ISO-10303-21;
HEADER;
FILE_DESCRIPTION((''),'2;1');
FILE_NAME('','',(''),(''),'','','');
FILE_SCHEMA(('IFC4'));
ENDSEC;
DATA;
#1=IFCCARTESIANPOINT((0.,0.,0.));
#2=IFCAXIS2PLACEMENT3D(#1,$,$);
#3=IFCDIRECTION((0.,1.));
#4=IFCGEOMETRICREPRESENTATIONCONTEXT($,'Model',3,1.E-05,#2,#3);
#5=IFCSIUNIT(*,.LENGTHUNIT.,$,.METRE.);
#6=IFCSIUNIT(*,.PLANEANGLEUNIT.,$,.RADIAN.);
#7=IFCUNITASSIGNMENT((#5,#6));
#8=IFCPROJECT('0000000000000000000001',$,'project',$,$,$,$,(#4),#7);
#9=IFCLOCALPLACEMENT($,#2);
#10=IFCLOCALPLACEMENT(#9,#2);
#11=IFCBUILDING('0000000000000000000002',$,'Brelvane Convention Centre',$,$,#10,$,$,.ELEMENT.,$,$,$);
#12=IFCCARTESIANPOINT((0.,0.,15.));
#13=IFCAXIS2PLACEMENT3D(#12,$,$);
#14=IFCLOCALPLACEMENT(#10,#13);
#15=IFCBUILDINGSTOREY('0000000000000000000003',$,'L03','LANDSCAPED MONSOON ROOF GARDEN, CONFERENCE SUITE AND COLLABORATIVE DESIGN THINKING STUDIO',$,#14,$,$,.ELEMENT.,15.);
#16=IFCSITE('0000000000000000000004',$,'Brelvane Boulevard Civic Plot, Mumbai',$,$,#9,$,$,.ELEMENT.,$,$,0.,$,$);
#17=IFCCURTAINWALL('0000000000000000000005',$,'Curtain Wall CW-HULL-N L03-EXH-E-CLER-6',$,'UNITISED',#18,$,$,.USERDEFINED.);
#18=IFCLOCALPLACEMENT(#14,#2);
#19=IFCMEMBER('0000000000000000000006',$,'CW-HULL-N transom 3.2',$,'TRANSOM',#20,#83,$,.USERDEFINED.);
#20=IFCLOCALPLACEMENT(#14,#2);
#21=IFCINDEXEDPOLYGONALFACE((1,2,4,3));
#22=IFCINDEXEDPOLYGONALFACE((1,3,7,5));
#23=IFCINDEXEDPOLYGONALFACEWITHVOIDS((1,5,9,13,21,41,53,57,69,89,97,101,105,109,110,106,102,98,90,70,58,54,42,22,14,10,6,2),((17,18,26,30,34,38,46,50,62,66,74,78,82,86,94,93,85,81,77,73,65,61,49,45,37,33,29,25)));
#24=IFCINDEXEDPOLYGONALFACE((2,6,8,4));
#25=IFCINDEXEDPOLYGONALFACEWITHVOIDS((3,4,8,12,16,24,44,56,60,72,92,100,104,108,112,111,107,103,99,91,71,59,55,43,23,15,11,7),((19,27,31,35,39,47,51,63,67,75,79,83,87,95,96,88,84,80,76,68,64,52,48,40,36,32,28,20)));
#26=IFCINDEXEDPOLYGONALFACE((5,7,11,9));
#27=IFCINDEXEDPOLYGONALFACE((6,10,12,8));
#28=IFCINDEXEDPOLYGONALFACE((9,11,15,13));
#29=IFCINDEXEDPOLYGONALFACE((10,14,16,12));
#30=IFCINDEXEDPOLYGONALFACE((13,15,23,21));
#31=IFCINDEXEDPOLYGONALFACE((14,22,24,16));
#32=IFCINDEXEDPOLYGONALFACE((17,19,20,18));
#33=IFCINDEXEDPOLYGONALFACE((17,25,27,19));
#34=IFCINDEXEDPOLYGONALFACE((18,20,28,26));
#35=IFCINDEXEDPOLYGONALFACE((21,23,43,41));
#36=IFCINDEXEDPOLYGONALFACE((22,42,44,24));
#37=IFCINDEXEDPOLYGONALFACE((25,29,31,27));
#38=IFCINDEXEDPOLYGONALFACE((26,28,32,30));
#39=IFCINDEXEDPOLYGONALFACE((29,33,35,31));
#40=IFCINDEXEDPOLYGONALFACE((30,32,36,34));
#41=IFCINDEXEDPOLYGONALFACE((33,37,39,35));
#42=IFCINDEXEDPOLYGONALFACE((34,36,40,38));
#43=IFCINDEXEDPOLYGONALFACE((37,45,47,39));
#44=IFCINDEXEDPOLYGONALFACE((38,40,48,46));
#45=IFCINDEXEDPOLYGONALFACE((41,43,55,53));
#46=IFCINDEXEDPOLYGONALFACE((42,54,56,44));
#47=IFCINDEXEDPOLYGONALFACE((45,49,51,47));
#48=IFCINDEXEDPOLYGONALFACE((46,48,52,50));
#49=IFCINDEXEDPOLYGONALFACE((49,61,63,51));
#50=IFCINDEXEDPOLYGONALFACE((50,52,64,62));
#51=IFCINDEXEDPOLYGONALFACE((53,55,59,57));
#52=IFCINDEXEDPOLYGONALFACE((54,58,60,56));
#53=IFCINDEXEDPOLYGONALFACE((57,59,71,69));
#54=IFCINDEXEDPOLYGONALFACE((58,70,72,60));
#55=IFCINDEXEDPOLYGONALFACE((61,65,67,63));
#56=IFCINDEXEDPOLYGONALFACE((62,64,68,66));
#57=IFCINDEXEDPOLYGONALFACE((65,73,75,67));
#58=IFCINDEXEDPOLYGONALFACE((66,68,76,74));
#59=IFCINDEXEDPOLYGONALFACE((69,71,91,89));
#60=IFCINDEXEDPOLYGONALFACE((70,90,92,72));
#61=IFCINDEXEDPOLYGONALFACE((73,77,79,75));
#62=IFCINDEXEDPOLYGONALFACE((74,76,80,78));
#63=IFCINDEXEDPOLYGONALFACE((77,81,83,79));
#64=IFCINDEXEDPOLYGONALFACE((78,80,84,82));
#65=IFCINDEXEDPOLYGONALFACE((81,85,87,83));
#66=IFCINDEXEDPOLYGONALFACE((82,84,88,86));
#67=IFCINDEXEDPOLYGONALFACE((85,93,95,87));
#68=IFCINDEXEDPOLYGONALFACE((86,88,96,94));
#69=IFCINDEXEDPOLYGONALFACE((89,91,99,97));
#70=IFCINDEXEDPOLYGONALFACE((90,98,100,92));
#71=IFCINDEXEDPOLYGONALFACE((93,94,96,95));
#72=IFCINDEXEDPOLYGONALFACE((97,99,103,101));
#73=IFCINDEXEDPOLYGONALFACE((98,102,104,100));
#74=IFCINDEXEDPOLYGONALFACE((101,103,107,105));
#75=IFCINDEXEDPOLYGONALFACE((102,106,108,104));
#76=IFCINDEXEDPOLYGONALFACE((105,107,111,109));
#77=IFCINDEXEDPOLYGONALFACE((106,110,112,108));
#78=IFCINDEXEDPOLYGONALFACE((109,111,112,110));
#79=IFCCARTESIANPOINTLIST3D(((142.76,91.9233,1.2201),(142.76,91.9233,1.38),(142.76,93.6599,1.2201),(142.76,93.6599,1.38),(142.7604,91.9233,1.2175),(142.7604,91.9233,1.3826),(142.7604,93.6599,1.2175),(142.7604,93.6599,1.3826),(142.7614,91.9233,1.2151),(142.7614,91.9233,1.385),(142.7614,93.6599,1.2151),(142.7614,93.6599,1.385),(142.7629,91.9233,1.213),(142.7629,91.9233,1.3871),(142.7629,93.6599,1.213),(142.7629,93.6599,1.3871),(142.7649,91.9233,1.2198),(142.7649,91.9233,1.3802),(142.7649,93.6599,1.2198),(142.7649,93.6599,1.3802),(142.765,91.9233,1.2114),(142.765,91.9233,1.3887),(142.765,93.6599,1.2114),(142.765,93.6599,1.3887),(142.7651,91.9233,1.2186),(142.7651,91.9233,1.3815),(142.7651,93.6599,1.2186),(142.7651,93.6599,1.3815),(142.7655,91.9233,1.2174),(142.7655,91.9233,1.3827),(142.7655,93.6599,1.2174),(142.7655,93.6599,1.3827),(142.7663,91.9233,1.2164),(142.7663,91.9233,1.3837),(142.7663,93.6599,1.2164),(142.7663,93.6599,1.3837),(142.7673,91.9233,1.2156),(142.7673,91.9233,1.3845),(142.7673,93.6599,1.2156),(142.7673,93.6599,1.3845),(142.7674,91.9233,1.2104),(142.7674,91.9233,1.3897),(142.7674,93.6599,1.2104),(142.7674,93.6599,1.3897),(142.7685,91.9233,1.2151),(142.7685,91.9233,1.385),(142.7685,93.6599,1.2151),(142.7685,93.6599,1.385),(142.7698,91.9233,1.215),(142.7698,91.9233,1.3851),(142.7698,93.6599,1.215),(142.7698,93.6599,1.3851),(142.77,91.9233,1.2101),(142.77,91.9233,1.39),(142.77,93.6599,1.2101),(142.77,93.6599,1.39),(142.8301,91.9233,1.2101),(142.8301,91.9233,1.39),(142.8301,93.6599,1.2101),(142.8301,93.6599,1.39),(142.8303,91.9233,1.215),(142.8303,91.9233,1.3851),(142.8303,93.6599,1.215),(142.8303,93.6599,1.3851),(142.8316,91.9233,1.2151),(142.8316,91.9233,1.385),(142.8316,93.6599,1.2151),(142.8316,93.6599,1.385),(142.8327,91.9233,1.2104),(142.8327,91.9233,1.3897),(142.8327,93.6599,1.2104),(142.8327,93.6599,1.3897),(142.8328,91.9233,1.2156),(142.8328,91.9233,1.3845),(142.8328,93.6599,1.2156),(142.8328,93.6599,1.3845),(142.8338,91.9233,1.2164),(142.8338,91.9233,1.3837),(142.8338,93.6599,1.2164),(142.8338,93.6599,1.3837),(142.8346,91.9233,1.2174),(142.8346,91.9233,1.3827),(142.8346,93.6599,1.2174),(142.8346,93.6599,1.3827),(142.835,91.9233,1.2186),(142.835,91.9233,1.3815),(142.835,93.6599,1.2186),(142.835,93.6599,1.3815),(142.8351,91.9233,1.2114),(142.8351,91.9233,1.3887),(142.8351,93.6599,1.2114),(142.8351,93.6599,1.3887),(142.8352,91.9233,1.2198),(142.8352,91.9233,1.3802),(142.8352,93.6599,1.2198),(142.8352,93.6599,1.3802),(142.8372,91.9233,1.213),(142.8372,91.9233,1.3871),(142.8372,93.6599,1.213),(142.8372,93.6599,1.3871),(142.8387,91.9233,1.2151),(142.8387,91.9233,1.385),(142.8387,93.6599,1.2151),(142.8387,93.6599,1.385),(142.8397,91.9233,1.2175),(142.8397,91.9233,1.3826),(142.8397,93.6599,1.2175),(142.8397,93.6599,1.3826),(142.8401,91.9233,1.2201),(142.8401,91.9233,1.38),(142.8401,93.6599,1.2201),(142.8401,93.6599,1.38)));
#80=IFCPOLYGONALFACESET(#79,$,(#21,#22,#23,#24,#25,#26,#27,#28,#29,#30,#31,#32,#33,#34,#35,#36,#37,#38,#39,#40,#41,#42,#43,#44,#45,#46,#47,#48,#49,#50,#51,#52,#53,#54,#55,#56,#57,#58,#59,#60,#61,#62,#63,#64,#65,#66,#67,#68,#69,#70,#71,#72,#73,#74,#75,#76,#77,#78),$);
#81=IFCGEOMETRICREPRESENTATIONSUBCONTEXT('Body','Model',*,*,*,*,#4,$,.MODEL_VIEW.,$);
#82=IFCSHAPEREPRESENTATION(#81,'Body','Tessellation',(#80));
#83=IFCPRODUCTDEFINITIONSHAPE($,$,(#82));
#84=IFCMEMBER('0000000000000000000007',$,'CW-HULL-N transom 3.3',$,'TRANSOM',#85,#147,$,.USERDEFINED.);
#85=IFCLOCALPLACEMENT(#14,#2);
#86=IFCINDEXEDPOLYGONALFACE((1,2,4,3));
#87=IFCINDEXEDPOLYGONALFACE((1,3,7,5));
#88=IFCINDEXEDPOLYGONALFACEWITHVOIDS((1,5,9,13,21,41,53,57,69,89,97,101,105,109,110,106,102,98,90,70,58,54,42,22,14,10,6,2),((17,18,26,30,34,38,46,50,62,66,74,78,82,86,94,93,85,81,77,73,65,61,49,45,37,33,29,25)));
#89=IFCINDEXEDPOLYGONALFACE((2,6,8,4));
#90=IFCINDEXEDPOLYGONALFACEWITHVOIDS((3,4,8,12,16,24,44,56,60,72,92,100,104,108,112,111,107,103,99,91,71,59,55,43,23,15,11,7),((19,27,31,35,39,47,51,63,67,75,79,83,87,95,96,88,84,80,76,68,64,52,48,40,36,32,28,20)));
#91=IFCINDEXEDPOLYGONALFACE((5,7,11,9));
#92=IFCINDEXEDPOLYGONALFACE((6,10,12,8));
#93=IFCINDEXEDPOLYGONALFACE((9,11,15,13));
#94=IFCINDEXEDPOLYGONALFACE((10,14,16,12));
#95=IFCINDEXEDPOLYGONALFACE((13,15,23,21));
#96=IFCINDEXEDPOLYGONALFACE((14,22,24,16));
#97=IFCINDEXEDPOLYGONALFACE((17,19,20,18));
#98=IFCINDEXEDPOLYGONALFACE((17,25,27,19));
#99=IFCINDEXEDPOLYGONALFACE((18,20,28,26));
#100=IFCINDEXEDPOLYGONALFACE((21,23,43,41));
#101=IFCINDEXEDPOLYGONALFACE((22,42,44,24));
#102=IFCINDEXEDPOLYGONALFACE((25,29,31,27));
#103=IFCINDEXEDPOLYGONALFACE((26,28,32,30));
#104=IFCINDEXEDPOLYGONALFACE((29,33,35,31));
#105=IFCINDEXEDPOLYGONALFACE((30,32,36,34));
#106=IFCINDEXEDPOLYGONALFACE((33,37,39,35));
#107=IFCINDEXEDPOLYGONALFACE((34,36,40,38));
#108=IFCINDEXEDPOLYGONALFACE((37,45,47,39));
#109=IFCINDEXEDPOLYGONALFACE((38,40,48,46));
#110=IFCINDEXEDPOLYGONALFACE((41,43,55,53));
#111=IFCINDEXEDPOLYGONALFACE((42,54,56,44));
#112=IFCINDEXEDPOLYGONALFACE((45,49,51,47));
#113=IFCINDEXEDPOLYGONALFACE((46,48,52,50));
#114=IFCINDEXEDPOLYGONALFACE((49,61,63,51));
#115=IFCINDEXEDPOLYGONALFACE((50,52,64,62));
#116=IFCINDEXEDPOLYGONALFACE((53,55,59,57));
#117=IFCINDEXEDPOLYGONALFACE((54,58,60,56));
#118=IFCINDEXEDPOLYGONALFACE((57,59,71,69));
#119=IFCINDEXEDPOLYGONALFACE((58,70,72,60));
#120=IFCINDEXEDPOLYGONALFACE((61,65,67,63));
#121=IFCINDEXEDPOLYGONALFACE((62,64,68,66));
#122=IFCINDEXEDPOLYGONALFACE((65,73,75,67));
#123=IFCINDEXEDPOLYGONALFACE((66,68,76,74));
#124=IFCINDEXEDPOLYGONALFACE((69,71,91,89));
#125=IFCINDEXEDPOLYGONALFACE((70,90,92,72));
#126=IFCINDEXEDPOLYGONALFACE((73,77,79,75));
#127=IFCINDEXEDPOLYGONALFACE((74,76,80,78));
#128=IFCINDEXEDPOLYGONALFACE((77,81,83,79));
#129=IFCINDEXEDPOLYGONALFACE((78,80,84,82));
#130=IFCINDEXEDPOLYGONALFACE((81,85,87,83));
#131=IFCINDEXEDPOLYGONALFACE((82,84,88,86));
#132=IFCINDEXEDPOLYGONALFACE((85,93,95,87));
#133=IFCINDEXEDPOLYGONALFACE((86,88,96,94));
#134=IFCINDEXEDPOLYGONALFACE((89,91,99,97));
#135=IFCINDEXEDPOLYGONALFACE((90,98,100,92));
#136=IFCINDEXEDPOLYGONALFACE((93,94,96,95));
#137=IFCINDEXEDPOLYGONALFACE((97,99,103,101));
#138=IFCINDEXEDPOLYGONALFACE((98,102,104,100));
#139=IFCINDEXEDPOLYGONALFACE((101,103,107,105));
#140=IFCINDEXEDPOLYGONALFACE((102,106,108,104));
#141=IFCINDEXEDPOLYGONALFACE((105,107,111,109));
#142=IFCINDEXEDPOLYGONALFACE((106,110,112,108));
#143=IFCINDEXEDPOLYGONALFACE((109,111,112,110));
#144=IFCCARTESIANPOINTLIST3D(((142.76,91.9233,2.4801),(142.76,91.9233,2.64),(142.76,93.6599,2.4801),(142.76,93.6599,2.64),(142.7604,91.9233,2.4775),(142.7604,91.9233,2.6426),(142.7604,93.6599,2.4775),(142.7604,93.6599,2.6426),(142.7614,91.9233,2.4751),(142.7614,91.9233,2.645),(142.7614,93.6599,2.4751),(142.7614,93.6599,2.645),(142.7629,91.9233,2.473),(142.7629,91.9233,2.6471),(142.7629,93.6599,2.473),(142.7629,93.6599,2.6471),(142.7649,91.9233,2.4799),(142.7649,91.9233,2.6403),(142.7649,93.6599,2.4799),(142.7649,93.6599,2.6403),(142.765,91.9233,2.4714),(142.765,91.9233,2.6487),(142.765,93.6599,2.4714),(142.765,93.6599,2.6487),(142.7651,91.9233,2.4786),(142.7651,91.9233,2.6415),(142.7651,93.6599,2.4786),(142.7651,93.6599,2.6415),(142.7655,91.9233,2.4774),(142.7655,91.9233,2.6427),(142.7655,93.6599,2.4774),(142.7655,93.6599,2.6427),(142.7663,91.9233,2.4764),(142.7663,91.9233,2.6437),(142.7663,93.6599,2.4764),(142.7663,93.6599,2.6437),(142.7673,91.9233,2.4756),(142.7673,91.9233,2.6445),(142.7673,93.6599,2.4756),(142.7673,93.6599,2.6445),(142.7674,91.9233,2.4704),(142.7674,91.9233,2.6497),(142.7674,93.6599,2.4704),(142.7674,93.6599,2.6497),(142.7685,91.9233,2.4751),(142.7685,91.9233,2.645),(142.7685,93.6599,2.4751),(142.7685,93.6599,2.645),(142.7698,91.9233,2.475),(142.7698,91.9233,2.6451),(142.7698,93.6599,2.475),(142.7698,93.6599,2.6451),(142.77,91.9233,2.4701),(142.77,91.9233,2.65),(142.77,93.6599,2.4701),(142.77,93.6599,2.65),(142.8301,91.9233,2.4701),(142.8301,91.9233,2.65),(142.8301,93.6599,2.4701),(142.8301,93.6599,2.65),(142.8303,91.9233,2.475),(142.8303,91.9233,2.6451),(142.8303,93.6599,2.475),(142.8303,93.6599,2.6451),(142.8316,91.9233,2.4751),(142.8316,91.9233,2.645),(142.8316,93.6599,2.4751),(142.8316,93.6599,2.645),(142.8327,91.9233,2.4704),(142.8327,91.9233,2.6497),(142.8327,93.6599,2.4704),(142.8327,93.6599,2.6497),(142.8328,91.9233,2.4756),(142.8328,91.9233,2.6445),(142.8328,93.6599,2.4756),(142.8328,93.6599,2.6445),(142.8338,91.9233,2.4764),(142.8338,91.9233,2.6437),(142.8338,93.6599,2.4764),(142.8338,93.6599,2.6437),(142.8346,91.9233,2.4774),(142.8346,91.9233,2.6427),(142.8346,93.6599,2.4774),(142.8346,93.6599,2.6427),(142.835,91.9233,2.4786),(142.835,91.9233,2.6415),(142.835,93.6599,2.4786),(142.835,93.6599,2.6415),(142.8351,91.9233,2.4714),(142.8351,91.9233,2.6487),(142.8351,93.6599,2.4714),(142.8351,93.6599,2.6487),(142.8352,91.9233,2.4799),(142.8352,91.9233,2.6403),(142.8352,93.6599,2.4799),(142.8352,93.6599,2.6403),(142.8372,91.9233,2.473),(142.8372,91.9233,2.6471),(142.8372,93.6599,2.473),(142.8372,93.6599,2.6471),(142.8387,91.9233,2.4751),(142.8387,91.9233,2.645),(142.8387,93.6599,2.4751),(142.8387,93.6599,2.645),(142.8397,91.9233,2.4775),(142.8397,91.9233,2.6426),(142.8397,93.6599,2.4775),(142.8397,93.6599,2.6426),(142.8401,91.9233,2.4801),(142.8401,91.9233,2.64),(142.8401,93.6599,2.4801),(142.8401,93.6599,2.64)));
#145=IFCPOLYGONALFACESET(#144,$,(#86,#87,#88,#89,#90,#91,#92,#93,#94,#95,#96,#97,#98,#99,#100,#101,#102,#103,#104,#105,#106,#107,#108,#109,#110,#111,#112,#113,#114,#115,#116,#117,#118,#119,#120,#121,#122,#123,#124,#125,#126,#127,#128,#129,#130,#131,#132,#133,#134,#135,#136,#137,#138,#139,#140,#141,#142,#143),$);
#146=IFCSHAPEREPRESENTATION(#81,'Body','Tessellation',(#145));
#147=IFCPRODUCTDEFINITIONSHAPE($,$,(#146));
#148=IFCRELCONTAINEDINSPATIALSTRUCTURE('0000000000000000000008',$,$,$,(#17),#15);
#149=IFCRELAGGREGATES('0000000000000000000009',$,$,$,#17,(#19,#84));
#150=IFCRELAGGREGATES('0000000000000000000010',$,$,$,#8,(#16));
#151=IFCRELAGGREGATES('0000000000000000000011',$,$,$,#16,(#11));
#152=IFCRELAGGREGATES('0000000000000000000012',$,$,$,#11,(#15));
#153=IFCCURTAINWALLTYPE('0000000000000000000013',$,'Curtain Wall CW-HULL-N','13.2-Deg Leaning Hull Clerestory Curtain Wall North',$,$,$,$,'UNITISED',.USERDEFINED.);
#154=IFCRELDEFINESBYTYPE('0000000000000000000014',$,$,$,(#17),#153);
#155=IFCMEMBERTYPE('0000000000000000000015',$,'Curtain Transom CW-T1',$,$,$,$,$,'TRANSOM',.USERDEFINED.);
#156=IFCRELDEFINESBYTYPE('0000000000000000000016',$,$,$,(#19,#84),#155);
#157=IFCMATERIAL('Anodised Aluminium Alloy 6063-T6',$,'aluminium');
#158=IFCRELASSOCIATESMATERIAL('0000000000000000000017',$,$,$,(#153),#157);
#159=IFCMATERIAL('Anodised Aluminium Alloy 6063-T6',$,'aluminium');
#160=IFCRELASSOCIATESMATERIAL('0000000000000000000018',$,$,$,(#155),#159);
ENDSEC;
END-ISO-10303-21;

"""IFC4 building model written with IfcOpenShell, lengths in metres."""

from ifc_helpers import new_model, si_unit, direction, frame, origin, origin_2d, place, context, subcontext, project, spatial, hollow_rectangle, extrude, material, material_profile, profile_set, type_object, element, aggregate, save


model = new_model("IFC4")

# Units and contexts
model_context = context("Model", 3, precision=1e-05, world=origin(), true_north=direction((0.0, 1.0)))
body_context = subcontext(model_context, "Body", "Model", "MODEL_VIEW")
ifc_project = project(units=[si_unit("LENGTHUNIT", "METRE"), si_unit("PLANEANGLEUNIT", "RADIAN")], contexts=[model_context])

# Site, building, storey
site_placement = place(None, origin())
site = spatial("IfcSite", under=ifc_project, at=site_placement, Name="Brelvane Boulevard Civic Plot, Mumbai", CompositionType="ELEMENT", RefElevation=0.0)
building_placement = place(site_placement, origin())
building = spatial("IfcBuilding", under=site, at=building_placement, Name="Brelvane Convention Centre", CompositionType="ELEMENT")
storey_placement = place(building_placement, frame((0.0, 0.0, 15.0)))
storey = spatial("IfcBuildingStorey", under=building, at=storey_placement, Name="L03", Description="LANDSCAPED MONSOON ROOF GARDEN, CONFERENCE SUITE AND COLLABORATIVE DESIGN THINKING STUDIO", CompositionType="ELEMENT", Elevation=15.0)

# Curtain wall, members
ifc_material_1 = material(Name="Anodised Aluminium Alloy 6063-T6", Category="aluminium")
curtain_wall_type = type_object("IfcCurtainWallType", Name="Curtain Wall CW-HULL-N", Description="13.2-Deg Leaning Hull Clerestory Curtain Wall North", ElementType="UNITISED", PredefinedType="USERDEFINED", material=ifc_material_1)
curtain_wall_placement = place(storey_placement, origin())
curtain_wall = element("IfcCurtainWall", 1, at=curtain_wall_placement, inside=storey, type_object=curtain_wall_type, Name="Curtain Wall CW-HULL-N L03-EXH-E-CLER-6", ObjectType="UNITISED", PredefinedType="USERDEFINED")
ifc_material_2 = material(Name="Anodised Aluminium Alloy 6063-T6", Category="aluminium")
ifc_material_profile_1 = material_profile(ifc_material_2, hollow_rectangle(XDim=0.0801, YDim=0.1799, WallThickness=0.0049, InnerFilletRadius=0.0049, OuterFilletRadius=0.01, at=origin_2d()), Name="ALU-T 180x80x5.0")
ifc_profile_set_1 = profile_set([ifc_material_profile_1], Name="Anodised Aluminium Alloy 6063-T6")
member_type_1 = type_object("IfcMemberType", Name="Curtain Transom CW-T1", ElementType="TRANSOM", PredefinedType="USERDEFINED", material=ifc_profile_set_1)
member_1_placement = place(storey_placement, frame((142.8, 91.9233, 1.3), z_axis=(0.0, 1.0, 0.0), x_axis=(-1.0, 0.0, 0.0)))
member_1 = element("IfcMember", 2, at=member_1_placement, type_object=member_type_1, Name="CW-HULL-N transom 3.2", ObjectType="TRANSOM", PredefinedType="USERDEFINED", context=body_context, shape_type="SweptSolid", body=[
    extrude(hollow_rectangle(XDim=0.0801, YDim=0.1799, WallThickness=0.0049, InnerFilletRadius=0.0049, OuterFilletRadius=0.01, at=origin_2d()), origin(), (0.0, 0.0, 1.0), 1.7366),
])
member_2_placement = place(storey_placement, frame((142.8, 91.9233, 2.5601), z_axis=(0.0, 1.0, 0.0), x_axis=(-1.0, 0.0, 0.0)))
member_2 = element("IfcMember", 3, at=member_2_placement, type_object=member_type_1, Name="CW-HULL-N transom 3.3", ObjectType="TRANSOM", PredefinedType="USERDEFINED", context=body_context, shape_type="SweptSolid", body=[
    extrude(hollow_rectangle(XDim=0.0801, YDim=0.1799, WallThickness=0.0049, InnerFilletRadius=0.0049, OuterFilletRadius=0.01, at=origin_2d()), origin(), (0.0, 0.0, 1.0), 1.7366),
])
aggregate(curtain_wall, [member_1, member_2])

save(model, "model.ifc")
